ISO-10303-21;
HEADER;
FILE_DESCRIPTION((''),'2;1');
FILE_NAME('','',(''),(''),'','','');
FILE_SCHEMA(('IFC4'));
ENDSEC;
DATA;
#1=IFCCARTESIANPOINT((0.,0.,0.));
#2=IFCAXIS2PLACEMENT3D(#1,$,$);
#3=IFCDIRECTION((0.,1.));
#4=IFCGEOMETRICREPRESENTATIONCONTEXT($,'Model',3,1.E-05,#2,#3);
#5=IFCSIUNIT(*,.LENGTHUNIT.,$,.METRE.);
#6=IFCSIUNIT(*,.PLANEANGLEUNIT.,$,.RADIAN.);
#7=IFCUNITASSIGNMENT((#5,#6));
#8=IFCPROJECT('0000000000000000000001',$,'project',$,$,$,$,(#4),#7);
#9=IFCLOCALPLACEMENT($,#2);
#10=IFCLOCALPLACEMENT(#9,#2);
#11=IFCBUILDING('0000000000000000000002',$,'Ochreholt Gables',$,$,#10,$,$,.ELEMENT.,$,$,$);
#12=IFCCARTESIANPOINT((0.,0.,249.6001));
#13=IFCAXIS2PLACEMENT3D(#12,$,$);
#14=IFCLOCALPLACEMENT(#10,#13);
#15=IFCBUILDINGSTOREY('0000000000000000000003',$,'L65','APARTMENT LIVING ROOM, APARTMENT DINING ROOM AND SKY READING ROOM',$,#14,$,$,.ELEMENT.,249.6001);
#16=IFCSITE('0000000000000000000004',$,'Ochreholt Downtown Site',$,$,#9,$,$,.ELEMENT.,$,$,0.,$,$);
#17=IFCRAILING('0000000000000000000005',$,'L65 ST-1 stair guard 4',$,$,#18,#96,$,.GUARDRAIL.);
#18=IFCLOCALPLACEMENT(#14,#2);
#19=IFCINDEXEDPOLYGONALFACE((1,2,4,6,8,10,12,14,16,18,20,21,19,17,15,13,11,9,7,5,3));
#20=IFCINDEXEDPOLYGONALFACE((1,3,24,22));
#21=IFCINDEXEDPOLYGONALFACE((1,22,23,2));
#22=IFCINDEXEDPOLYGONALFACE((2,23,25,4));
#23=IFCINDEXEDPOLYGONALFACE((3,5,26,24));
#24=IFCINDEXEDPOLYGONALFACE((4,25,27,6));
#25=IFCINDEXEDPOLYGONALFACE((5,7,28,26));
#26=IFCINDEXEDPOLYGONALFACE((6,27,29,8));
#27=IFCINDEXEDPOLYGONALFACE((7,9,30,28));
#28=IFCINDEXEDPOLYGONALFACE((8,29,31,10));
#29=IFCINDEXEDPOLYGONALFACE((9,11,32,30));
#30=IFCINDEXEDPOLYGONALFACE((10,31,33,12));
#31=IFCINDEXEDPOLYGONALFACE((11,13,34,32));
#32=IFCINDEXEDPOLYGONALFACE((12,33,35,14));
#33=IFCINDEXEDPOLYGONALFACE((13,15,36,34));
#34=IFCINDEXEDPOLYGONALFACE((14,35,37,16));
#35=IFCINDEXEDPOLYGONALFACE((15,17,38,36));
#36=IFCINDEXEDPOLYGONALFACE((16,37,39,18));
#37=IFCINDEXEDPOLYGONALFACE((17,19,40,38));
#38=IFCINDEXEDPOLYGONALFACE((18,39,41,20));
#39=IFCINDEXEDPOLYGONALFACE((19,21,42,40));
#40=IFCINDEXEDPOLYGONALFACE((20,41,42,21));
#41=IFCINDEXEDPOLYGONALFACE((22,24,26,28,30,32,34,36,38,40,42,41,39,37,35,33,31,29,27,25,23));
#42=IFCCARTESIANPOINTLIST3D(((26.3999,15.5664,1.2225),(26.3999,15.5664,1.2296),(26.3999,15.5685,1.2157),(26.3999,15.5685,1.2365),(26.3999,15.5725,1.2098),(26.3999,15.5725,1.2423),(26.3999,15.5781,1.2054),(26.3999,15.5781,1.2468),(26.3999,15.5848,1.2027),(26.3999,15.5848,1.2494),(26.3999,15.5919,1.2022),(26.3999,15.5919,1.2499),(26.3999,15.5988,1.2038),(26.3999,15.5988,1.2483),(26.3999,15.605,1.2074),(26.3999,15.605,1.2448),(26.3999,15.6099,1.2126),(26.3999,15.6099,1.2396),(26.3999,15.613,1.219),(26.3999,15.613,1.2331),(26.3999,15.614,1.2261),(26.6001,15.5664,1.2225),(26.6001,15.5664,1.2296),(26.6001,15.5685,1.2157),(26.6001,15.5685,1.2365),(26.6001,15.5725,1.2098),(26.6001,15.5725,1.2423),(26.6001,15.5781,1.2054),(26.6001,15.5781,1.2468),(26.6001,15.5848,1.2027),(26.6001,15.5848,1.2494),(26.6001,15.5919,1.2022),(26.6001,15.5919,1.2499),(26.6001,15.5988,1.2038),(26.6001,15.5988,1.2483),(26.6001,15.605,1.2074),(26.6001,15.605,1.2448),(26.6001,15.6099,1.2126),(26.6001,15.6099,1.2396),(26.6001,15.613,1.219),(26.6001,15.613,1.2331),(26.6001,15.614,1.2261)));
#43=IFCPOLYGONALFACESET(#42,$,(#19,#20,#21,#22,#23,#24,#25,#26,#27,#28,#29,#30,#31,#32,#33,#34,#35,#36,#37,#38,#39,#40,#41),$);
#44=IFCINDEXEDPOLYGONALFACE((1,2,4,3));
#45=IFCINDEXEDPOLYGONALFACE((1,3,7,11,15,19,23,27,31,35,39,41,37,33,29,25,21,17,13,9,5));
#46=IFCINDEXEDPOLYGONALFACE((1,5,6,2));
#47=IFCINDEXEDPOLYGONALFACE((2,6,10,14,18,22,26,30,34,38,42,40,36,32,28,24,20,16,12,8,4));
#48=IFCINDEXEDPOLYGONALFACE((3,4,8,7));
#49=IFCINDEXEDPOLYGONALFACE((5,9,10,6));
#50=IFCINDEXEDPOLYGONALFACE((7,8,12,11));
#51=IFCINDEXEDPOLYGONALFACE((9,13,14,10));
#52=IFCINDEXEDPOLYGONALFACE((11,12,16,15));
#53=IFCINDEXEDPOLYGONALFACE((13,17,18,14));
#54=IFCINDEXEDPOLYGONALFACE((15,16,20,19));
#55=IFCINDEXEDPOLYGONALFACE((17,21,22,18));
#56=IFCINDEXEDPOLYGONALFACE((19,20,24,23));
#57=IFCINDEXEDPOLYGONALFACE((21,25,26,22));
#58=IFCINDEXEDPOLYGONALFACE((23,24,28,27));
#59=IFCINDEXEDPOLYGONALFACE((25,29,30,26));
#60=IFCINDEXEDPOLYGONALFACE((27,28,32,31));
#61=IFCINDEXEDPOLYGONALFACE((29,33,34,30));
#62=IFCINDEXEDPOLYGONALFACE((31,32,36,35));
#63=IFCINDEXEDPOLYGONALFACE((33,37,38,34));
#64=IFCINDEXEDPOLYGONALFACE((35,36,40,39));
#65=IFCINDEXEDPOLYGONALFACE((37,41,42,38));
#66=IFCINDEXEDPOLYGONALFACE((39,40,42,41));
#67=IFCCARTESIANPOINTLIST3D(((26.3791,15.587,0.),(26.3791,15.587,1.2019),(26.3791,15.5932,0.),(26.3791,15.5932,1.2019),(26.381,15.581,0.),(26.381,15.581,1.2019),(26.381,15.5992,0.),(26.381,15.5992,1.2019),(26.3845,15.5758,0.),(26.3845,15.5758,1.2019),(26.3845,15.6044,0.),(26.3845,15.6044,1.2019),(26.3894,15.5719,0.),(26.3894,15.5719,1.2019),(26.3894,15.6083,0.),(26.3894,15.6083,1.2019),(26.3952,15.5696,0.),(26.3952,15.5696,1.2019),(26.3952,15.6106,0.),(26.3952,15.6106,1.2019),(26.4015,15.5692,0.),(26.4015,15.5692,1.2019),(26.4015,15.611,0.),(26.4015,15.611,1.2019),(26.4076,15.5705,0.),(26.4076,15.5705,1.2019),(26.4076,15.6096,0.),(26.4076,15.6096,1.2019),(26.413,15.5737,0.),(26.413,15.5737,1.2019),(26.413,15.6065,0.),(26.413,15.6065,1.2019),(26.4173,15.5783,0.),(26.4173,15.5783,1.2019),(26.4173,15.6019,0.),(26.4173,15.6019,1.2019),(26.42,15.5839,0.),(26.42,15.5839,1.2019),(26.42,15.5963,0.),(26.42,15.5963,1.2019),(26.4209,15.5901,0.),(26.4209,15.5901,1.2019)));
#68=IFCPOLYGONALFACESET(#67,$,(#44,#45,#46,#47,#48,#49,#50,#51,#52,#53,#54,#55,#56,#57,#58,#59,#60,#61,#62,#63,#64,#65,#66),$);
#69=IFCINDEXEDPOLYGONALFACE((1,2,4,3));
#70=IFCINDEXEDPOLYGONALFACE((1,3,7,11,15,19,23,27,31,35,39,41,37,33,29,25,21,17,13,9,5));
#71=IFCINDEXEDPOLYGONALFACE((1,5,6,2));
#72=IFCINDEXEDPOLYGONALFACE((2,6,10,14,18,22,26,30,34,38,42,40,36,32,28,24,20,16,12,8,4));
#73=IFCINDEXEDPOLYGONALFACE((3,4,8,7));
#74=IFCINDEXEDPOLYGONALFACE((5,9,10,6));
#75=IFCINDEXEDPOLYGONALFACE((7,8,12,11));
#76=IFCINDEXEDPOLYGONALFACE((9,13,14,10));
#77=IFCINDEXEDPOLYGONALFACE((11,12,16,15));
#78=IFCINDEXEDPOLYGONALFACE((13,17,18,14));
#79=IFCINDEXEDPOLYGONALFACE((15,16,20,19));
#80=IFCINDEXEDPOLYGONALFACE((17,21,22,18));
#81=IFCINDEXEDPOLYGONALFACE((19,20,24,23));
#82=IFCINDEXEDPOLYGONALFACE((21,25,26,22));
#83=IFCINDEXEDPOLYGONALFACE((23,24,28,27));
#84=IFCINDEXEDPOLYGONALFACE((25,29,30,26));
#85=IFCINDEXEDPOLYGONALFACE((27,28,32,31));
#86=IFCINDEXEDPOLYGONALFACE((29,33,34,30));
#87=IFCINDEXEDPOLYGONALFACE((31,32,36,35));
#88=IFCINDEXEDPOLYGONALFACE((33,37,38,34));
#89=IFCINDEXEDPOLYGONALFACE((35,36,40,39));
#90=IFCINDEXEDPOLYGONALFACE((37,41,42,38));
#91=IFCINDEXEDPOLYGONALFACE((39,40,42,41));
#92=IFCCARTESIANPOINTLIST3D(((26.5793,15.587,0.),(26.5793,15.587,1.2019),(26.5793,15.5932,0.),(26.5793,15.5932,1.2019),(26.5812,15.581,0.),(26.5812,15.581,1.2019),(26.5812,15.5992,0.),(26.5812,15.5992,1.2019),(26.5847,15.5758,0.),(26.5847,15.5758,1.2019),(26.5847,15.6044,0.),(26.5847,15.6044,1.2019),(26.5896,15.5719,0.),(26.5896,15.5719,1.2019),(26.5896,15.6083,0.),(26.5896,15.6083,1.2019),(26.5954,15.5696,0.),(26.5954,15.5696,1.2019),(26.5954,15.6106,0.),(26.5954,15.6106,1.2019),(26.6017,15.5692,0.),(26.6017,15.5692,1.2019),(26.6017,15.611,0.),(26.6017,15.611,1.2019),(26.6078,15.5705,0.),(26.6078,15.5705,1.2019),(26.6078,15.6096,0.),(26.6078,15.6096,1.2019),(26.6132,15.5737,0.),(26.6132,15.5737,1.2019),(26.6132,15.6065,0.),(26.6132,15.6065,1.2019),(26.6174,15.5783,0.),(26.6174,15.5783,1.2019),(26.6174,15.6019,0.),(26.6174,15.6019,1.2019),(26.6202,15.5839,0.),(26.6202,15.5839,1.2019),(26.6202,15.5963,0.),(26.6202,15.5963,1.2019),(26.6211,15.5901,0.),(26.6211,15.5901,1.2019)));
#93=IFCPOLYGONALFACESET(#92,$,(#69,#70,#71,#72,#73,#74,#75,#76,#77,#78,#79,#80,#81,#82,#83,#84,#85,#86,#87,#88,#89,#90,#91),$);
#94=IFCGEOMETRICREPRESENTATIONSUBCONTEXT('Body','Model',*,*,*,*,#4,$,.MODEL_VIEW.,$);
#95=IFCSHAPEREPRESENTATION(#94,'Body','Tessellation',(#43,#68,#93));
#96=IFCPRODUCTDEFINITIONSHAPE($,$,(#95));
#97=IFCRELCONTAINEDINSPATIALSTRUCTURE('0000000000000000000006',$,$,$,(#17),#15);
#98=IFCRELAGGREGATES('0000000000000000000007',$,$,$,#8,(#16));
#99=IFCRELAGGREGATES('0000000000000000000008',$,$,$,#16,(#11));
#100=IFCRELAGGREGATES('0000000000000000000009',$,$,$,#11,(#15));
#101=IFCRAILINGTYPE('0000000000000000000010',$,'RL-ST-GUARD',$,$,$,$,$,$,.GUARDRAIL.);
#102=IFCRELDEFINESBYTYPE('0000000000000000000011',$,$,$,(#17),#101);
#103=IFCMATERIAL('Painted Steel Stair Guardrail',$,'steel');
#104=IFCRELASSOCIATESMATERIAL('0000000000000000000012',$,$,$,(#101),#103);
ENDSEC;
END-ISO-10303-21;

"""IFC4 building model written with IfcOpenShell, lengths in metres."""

from ifc_helpers import new_model, si_unit, direction, frame, origin, origin_2d, place, context, subcontext, project, spatial, circle, extrude, material, type_object, element, save


model = new_model("IFC4")

# Units and contexts
model_context = context("Model", 3, precision=1e-05, world=origin(), true_north=direction((0.0, 1.0)))
body_context = subcontext(model_context, "Body", "Model", "MODEL_VIEW")
ifc_project = project(units=[si_unit("LENGTHUNIT", "METRE"), si_unit("PLANEANGLEUNIT", "RADIAN")], contexts=[model_context])

# Site, building, storey
site_placement = place(None, origin())
site = spatial("IfcSite", under=ifc_project, at=site_placement, Name="Ochreholt Downtown Site", CompositionType="ELEMENT", RefElevation=0.0)
building_placement = place(site_placement, origin())
building = spatial("IfcBuilding", under=site, at=building_placement, Name="Ochreholt Gables", CompositionType="ELEMENT")
storey_placement = place(building_placement, frame((0.0, 0.0, 249.6001)))
storey = spatial("IfcBuildingStorey", under=building, at=storey_placement, Name="L65", Description="APARTMENT LIVING ROOM, APARTMENT DINING ROOM AND SKY READING ROOM", CompositionType="ELEMENT", Elevation=249.6001)

# Railing
ifc_material_1 = material(Name="Painted Steel Stair Guardrail", Category="steel")
railing_type_1 = type_object("IfcRailingType", Name="RL-ST-GUARD", PredefinedType="GUARDRAIL", material=ifc_material_1)
railing_1_placement = place(storey_placement, frame((26.3999, 15.5901, 0.0)))
element("IfcRailing", 1, at=railing_1_placement, inside=storey, type_object=railing_type_1, Name="L65 ST-1 stair guard 4", PredefinedType="GUARDRAIL", context=body_context, shape_type="SweptSolid", body=[
    extrude(circle(Radius=0.0239, at=origin_2d()), frame((0.0, 0.0, 1.2261), z_axis=(1.0, 0.0, 0.0), x_axis=(0.0, 1.0, 0.0)), (0.0, 0.0, 1.0), 0.2002),
    extrude(circle(Radius=0.021, at=origin_2d()), origin(), (0.0, 0.0, 1.0), 1.2019),
    extrude(circle(Radius=0.021, at=origin_2d()), frame((0.2002, 0.0, 0.0)), (0.0, 0.0, 1.0), 1.2019),
])

save(model, "model.ifc")
